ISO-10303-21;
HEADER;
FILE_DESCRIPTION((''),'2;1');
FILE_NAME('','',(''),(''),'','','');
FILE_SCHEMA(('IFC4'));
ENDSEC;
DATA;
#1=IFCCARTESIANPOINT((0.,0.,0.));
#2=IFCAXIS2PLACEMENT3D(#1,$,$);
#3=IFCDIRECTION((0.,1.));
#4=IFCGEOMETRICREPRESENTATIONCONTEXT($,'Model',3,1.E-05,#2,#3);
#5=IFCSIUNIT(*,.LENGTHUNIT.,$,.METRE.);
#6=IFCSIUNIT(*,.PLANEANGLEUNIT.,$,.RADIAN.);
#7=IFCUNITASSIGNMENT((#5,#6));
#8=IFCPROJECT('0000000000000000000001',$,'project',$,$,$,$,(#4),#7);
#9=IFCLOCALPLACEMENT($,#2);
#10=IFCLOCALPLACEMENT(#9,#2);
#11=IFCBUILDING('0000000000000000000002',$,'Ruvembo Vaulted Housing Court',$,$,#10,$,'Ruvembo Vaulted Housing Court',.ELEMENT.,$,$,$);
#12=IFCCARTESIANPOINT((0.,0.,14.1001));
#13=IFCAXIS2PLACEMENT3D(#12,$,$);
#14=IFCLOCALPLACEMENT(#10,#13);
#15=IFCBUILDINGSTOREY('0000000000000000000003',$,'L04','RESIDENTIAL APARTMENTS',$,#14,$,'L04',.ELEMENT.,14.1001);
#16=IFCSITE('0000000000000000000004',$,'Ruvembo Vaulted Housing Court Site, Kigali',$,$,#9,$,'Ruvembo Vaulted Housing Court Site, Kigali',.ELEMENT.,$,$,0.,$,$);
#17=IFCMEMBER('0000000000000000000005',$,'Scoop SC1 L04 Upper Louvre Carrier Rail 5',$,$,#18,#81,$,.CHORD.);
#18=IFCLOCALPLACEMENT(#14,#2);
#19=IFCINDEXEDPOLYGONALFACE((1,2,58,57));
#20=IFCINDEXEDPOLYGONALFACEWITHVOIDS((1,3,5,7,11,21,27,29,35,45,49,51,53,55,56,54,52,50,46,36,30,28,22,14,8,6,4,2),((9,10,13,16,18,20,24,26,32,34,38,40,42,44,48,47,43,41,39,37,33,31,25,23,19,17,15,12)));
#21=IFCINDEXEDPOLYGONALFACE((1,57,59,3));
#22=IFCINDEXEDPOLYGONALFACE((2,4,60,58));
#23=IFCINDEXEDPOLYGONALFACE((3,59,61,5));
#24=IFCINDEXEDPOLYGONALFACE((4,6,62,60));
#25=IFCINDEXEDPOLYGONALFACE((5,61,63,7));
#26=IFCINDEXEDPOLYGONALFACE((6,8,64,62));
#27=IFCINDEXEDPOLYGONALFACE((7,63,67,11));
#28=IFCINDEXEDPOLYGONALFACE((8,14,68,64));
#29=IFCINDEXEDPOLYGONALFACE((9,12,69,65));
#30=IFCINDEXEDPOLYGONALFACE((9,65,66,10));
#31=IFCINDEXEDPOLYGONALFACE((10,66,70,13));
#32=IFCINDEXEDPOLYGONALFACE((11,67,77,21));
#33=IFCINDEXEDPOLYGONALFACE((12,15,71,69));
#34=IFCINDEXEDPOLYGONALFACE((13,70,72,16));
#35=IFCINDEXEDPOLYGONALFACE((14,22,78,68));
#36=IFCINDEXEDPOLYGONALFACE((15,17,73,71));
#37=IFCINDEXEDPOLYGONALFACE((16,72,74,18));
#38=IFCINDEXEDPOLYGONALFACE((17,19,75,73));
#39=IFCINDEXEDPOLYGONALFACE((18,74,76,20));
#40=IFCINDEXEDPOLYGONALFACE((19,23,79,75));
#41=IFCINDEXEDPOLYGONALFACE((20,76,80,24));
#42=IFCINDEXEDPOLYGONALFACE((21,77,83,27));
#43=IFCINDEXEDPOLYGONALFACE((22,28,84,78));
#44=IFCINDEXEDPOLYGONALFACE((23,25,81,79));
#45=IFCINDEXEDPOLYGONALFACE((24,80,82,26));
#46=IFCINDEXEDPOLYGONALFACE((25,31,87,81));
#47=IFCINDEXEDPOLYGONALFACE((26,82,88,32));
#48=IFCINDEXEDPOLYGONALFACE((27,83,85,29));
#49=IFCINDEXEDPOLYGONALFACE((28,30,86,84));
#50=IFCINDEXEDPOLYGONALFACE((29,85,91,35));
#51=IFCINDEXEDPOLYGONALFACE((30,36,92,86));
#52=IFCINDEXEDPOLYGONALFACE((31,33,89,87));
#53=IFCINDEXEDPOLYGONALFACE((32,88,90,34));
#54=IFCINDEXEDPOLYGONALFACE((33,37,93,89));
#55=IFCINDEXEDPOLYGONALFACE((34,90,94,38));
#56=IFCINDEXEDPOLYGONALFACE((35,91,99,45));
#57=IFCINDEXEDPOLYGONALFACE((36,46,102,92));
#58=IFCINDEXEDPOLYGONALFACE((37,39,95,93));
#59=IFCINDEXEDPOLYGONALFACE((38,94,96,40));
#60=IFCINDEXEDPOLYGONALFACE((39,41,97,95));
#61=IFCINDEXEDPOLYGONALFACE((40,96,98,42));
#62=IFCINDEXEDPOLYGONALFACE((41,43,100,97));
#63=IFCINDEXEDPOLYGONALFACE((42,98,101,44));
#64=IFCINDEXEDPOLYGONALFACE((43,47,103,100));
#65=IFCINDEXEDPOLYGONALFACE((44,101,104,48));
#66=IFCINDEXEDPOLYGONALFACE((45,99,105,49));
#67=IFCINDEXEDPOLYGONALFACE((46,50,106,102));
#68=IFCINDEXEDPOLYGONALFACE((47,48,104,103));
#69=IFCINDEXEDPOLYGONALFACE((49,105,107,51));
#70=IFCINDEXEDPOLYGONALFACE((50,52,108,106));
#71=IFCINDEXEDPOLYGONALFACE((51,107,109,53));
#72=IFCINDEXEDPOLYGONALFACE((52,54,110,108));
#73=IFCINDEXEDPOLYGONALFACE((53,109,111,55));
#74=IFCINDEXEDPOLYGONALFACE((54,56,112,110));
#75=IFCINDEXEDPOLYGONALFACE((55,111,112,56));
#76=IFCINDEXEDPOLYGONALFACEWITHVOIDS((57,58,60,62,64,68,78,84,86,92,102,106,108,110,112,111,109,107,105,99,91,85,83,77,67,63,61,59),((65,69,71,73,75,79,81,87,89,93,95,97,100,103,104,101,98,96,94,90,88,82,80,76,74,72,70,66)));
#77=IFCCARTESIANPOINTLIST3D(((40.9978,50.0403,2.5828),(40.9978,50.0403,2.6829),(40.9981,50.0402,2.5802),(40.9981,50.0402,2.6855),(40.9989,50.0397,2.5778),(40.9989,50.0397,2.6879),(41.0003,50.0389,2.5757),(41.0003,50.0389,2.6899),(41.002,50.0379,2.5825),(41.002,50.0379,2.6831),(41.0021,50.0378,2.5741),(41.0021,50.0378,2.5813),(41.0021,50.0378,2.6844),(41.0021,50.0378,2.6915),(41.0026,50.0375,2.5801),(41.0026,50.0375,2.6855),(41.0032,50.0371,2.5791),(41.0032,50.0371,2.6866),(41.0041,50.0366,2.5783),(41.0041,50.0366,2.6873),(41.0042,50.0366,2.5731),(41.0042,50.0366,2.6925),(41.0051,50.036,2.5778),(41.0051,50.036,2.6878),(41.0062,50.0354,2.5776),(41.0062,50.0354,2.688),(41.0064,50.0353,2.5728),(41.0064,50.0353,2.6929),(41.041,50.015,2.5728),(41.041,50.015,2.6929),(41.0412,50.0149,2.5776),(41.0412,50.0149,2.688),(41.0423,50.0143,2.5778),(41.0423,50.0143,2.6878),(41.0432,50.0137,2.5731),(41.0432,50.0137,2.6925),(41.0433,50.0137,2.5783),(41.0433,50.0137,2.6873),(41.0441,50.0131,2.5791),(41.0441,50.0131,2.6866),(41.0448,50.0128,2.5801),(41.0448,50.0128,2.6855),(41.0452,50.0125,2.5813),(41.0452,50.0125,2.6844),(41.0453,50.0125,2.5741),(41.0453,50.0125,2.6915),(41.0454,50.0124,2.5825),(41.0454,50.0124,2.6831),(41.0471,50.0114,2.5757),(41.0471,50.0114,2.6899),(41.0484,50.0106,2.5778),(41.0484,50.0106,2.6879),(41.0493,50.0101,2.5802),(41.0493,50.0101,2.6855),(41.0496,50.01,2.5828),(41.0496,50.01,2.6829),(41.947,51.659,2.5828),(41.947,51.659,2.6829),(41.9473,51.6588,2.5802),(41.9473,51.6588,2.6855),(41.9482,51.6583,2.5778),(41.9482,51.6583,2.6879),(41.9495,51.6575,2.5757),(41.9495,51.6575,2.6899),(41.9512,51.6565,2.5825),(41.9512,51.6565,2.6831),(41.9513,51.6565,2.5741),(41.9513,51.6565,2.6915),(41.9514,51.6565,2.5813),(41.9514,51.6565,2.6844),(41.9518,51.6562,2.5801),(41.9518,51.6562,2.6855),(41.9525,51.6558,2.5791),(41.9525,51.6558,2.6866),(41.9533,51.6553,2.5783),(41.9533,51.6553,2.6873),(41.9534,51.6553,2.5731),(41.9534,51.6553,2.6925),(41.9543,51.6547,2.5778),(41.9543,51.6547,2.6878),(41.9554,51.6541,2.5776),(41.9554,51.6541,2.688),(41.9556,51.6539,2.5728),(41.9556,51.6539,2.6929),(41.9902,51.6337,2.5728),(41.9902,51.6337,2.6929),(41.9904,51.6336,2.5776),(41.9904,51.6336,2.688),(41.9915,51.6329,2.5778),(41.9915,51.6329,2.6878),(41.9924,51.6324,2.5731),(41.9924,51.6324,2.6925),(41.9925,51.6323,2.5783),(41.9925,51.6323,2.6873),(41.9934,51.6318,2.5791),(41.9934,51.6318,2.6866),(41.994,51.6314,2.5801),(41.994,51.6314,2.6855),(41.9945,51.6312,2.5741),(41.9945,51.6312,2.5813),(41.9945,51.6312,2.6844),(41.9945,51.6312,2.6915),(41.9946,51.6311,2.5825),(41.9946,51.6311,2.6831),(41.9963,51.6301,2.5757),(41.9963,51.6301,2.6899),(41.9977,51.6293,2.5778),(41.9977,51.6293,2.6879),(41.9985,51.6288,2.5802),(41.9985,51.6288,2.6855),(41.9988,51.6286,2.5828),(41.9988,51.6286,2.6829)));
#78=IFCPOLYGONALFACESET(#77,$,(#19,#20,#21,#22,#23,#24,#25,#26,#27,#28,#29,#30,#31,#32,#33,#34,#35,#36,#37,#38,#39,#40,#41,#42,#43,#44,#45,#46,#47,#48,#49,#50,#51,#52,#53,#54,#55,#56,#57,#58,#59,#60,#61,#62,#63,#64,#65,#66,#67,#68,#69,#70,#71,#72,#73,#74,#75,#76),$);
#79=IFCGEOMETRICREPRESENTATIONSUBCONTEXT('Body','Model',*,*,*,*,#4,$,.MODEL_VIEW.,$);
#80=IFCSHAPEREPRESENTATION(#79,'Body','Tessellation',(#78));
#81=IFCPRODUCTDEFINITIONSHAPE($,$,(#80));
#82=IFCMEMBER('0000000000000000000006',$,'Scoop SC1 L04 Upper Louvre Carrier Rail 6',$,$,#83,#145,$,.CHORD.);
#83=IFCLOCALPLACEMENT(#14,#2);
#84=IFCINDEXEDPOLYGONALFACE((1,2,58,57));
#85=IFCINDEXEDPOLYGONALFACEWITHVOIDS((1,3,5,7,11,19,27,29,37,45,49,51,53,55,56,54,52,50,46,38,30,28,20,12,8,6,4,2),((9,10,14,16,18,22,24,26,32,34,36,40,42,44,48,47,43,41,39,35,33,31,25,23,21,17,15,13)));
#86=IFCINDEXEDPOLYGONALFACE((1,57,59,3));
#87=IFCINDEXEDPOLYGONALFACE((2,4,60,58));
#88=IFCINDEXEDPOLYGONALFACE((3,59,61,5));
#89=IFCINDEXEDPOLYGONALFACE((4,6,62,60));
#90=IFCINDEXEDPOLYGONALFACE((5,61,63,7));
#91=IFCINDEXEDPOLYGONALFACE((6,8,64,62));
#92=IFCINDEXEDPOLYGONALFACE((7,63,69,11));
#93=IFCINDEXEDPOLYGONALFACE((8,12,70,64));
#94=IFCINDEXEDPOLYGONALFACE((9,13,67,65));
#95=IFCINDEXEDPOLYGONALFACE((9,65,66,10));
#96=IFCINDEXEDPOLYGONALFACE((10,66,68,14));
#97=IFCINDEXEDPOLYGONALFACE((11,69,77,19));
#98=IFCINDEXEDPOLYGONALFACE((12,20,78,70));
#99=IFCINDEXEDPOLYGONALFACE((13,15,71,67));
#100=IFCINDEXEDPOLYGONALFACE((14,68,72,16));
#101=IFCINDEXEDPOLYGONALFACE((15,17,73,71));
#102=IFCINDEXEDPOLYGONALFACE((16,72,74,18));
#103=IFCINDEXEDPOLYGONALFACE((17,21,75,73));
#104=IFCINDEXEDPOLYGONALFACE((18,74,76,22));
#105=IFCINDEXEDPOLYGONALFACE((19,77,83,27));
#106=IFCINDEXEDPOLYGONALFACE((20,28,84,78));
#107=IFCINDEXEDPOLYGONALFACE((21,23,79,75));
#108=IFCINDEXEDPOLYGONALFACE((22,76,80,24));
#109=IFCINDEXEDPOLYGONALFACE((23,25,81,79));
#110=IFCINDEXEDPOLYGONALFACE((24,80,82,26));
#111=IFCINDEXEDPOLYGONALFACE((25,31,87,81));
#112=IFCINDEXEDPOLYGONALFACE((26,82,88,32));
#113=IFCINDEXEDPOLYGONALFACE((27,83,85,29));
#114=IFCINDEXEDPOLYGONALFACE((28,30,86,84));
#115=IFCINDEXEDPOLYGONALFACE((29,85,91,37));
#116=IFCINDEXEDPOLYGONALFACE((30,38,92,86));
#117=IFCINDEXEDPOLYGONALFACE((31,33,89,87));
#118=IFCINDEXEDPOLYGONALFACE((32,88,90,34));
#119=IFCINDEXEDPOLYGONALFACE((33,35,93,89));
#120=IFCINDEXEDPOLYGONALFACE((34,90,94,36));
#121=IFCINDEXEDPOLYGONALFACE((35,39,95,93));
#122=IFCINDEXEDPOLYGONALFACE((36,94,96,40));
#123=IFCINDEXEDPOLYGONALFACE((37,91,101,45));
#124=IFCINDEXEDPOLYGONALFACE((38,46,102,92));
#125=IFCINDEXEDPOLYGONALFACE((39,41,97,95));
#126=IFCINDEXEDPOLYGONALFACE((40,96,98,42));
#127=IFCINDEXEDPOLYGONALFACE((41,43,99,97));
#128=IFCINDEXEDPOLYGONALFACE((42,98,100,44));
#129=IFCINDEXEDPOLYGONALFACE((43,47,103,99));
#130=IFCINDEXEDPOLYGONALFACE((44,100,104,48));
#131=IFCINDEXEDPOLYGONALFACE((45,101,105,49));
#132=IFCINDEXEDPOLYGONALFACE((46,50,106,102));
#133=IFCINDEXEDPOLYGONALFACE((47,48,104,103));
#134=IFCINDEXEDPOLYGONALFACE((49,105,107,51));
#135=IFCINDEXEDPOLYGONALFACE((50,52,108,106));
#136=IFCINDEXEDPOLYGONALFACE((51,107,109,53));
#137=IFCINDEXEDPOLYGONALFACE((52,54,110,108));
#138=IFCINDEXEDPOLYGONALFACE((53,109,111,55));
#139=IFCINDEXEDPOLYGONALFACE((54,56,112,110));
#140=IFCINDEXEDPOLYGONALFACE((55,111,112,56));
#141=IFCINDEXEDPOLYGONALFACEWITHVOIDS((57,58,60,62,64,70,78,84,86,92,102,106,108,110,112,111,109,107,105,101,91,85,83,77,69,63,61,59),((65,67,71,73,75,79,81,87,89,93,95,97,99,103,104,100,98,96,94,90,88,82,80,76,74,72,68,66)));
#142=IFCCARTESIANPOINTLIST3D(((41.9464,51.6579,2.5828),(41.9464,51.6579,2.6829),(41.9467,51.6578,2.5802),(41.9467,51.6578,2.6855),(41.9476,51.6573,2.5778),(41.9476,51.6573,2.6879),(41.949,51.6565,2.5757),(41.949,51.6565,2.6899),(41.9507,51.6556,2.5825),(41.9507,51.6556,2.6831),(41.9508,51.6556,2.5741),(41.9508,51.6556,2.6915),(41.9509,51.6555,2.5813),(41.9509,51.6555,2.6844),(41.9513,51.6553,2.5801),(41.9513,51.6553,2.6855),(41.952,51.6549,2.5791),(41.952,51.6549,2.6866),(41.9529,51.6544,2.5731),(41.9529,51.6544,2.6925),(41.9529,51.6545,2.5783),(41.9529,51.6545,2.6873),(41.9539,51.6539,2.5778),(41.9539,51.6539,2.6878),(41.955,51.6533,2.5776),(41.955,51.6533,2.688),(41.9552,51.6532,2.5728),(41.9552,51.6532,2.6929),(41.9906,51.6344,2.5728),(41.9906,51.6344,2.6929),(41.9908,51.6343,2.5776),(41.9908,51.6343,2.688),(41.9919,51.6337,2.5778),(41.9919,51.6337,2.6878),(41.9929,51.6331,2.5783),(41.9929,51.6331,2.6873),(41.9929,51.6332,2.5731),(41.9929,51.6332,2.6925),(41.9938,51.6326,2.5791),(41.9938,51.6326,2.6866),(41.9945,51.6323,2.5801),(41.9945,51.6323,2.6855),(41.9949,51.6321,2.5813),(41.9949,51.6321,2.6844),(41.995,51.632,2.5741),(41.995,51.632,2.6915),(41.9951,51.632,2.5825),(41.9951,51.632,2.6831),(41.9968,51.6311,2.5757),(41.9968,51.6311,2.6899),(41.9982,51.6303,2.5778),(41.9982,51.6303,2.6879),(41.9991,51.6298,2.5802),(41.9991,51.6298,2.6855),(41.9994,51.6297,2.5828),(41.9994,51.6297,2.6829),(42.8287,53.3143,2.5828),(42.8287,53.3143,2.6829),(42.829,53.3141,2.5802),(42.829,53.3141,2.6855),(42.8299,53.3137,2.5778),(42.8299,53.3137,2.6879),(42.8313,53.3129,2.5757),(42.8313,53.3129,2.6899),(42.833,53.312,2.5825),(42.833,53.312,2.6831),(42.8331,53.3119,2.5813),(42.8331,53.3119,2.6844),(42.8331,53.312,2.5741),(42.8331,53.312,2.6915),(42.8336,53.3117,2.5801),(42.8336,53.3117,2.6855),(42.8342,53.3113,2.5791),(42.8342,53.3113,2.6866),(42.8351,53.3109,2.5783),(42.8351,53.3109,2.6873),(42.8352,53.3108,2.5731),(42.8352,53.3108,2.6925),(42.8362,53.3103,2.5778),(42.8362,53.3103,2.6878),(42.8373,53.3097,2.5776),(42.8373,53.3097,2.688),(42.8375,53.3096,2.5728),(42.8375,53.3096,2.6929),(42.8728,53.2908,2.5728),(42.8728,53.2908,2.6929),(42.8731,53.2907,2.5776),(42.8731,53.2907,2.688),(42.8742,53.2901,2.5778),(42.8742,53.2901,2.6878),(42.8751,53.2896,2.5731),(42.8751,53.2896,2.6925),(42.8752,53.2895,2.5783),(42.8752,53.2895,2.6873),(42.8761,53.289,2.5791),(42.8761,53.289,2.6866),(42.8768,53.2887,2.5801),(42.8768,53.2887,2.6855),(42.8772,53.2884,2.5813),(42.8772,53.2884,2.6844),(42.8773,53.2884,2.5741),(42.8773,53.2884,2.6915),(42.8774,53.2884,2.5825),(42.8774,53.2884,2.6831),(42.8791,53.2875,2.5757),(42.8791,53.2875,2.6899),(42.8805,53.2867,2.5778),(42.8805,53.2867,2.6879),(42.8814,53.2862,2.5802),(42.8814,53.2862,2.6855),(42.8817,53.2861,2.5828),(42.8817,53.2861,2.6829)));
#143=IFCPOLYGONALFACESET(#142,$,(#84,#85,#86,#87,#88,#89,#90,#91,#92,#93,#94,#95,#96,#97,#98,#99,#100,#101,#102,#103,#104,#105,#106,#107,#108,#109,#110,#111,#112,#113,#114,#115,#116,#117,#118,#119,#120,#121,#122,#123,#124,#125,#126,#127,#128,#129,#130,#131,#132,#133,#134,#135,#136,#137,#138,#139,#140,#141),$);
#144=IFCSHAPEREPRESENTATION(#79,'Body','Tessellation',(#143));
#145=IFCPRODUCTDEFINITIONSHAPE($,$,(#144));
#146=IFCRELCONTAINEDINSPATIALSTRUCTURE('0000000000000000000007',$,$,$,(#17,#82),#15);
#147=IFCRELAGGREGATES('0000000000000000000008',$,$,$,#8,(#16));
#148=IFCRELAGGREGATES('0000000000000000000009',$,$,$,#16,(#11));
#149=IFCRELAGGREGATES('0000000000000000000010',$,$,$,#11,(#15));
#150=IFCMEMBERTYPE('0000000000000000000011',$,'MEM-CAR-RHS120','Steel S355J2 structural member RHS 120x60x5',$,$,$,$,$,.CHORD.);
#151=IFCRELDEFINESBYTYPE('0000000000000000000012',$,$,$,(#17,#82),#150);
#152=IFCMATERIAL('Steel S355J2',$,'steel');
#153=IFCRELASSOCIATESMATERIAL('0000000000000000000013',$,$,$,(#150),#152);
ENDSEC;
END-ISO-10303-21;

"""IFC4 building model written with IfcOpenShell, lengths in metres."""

from ifc_helpers import new_model, si_unit, direction, frame, origin, origin_2d, place, context, subcontext, project, spatial, hollow_rectangle, extrude, material, material_profile, profile_set, type_object, element, save


model = new_model("IFC4")

# Units and contexts
model_context = context("Model", 3, precision=1e-05, world=origin(), true_north=direction((0.0, 1.0)))
body_context = subcontext(model_context, "Body", "Model", "MODEL_VIEW")
ifc_project = project(units=[si_unit("LENGTHUNIT", "METRE"), si_unit("PLANEANGLEUNIT", "RADIAN")], contexts=[model_context])

# Site, building, storey
site_placement = place(None, origin())
site = spatial("IfcSite", under=ifc_project, at=site_placement, Name="Ruvembo Vaulted Housing Court Site, Kigali", LongName="Ruvembo Vaulted Housing Court Site, Kigali", CompositionType="ELEMENT", RefElevation=0.0)
building_placement = place(site_placement, origin())
building = spatial("IfcBuilding", under=site, at=building_placement, Name="Ruvembo Vaulted Housing Court", LongName="Ruvembo Vaulted Housing Court", CompositionType="ELEMENT")
storey_placement = place(building_placement, frame((0.0, 0.0, 14.1001)))
storey = spatial("IfcBuildingStorey", under=building, at=storey_placement, Name="L04", Description="RESIDENTIAL APARTMENTS", LongName="L04", CompositionType="ELEMENT", Elevation=14.1001)

# Shared definitions
ifc_material_1 = material(Name="Steel S355J2", Category="steel")

# Members
ifc_material_profile_1 = material_profile(ifc_material_1, hollow_rectangle(XDim=0.0601, YDim=0.1201, WallThickness=0.0049, InnerFilletRadius=0.0049, OuterFilletRadius=0.01, at=origin_2d()), Name="RHS 120x60x5")
ifc_profile_set_1 = profile_set([ifc_material_profile_1], Name="Steel S355J2")
member_type_1 = type_object("IfcMemberType", Name="MEM-CAR-RHS120", Description="Steel S355J2 structural member RHS 120x60x5", PredefinedType="CHORD", material=ifc_profile_set_1)
member_1_placement = place(storey_placement, frame((41.0237, 50.0251, 2.6328), z_axis=(0.50586, 0.862616, 0.0), x_axis=(-0.862616, 0.50586, 0.0)))
element("IfcMember", 1, at=member_1_placement, inside=storey, type_object=member_type_1, Name="Scoop SC1 L04 Upper Louvre Carrier Rail 5", PredefinedType="CHORD", context=body_context, shape_type="SweptSolid", body=[
    extrude(hollow_rectangle(XDim=0.0601, YDim=0.1201, WallThickness=0.0049, InnerFilletRadius=0.0049, OuterFilletRadius=0.01, at=origin_2d()), origin(), (0.0, 0.0, 1.0), 1.8765),
])
member_2_placement = place(storey_placement, frame((41.9729, 51.6438, 2.6328), z_axis=(0.470116, 0.882605, 0.0), x_axis=(-0.882605, 0.470116, 0.0)))
element("IfcMember", 2, at=member_2_placement, inside=storey, type_object=member_type_1, Name="Scoop SC1 L04 Upper Louvre Carrier Rail 6", PredefinedType="CHORD", context=body_context, shape_type="SweptSolid", body=[
    extrude(hollow_rectangle(XDim=0.0601, YDim=0.1201, WallThickness=0.0049, InnerFilletRadius=0.0049, OuterFilletRadius=0.01, at=origin_2d()), origin(), (0.0, 0.0, 1.0), 1.8767),
])

save(model, "model.ifc")
